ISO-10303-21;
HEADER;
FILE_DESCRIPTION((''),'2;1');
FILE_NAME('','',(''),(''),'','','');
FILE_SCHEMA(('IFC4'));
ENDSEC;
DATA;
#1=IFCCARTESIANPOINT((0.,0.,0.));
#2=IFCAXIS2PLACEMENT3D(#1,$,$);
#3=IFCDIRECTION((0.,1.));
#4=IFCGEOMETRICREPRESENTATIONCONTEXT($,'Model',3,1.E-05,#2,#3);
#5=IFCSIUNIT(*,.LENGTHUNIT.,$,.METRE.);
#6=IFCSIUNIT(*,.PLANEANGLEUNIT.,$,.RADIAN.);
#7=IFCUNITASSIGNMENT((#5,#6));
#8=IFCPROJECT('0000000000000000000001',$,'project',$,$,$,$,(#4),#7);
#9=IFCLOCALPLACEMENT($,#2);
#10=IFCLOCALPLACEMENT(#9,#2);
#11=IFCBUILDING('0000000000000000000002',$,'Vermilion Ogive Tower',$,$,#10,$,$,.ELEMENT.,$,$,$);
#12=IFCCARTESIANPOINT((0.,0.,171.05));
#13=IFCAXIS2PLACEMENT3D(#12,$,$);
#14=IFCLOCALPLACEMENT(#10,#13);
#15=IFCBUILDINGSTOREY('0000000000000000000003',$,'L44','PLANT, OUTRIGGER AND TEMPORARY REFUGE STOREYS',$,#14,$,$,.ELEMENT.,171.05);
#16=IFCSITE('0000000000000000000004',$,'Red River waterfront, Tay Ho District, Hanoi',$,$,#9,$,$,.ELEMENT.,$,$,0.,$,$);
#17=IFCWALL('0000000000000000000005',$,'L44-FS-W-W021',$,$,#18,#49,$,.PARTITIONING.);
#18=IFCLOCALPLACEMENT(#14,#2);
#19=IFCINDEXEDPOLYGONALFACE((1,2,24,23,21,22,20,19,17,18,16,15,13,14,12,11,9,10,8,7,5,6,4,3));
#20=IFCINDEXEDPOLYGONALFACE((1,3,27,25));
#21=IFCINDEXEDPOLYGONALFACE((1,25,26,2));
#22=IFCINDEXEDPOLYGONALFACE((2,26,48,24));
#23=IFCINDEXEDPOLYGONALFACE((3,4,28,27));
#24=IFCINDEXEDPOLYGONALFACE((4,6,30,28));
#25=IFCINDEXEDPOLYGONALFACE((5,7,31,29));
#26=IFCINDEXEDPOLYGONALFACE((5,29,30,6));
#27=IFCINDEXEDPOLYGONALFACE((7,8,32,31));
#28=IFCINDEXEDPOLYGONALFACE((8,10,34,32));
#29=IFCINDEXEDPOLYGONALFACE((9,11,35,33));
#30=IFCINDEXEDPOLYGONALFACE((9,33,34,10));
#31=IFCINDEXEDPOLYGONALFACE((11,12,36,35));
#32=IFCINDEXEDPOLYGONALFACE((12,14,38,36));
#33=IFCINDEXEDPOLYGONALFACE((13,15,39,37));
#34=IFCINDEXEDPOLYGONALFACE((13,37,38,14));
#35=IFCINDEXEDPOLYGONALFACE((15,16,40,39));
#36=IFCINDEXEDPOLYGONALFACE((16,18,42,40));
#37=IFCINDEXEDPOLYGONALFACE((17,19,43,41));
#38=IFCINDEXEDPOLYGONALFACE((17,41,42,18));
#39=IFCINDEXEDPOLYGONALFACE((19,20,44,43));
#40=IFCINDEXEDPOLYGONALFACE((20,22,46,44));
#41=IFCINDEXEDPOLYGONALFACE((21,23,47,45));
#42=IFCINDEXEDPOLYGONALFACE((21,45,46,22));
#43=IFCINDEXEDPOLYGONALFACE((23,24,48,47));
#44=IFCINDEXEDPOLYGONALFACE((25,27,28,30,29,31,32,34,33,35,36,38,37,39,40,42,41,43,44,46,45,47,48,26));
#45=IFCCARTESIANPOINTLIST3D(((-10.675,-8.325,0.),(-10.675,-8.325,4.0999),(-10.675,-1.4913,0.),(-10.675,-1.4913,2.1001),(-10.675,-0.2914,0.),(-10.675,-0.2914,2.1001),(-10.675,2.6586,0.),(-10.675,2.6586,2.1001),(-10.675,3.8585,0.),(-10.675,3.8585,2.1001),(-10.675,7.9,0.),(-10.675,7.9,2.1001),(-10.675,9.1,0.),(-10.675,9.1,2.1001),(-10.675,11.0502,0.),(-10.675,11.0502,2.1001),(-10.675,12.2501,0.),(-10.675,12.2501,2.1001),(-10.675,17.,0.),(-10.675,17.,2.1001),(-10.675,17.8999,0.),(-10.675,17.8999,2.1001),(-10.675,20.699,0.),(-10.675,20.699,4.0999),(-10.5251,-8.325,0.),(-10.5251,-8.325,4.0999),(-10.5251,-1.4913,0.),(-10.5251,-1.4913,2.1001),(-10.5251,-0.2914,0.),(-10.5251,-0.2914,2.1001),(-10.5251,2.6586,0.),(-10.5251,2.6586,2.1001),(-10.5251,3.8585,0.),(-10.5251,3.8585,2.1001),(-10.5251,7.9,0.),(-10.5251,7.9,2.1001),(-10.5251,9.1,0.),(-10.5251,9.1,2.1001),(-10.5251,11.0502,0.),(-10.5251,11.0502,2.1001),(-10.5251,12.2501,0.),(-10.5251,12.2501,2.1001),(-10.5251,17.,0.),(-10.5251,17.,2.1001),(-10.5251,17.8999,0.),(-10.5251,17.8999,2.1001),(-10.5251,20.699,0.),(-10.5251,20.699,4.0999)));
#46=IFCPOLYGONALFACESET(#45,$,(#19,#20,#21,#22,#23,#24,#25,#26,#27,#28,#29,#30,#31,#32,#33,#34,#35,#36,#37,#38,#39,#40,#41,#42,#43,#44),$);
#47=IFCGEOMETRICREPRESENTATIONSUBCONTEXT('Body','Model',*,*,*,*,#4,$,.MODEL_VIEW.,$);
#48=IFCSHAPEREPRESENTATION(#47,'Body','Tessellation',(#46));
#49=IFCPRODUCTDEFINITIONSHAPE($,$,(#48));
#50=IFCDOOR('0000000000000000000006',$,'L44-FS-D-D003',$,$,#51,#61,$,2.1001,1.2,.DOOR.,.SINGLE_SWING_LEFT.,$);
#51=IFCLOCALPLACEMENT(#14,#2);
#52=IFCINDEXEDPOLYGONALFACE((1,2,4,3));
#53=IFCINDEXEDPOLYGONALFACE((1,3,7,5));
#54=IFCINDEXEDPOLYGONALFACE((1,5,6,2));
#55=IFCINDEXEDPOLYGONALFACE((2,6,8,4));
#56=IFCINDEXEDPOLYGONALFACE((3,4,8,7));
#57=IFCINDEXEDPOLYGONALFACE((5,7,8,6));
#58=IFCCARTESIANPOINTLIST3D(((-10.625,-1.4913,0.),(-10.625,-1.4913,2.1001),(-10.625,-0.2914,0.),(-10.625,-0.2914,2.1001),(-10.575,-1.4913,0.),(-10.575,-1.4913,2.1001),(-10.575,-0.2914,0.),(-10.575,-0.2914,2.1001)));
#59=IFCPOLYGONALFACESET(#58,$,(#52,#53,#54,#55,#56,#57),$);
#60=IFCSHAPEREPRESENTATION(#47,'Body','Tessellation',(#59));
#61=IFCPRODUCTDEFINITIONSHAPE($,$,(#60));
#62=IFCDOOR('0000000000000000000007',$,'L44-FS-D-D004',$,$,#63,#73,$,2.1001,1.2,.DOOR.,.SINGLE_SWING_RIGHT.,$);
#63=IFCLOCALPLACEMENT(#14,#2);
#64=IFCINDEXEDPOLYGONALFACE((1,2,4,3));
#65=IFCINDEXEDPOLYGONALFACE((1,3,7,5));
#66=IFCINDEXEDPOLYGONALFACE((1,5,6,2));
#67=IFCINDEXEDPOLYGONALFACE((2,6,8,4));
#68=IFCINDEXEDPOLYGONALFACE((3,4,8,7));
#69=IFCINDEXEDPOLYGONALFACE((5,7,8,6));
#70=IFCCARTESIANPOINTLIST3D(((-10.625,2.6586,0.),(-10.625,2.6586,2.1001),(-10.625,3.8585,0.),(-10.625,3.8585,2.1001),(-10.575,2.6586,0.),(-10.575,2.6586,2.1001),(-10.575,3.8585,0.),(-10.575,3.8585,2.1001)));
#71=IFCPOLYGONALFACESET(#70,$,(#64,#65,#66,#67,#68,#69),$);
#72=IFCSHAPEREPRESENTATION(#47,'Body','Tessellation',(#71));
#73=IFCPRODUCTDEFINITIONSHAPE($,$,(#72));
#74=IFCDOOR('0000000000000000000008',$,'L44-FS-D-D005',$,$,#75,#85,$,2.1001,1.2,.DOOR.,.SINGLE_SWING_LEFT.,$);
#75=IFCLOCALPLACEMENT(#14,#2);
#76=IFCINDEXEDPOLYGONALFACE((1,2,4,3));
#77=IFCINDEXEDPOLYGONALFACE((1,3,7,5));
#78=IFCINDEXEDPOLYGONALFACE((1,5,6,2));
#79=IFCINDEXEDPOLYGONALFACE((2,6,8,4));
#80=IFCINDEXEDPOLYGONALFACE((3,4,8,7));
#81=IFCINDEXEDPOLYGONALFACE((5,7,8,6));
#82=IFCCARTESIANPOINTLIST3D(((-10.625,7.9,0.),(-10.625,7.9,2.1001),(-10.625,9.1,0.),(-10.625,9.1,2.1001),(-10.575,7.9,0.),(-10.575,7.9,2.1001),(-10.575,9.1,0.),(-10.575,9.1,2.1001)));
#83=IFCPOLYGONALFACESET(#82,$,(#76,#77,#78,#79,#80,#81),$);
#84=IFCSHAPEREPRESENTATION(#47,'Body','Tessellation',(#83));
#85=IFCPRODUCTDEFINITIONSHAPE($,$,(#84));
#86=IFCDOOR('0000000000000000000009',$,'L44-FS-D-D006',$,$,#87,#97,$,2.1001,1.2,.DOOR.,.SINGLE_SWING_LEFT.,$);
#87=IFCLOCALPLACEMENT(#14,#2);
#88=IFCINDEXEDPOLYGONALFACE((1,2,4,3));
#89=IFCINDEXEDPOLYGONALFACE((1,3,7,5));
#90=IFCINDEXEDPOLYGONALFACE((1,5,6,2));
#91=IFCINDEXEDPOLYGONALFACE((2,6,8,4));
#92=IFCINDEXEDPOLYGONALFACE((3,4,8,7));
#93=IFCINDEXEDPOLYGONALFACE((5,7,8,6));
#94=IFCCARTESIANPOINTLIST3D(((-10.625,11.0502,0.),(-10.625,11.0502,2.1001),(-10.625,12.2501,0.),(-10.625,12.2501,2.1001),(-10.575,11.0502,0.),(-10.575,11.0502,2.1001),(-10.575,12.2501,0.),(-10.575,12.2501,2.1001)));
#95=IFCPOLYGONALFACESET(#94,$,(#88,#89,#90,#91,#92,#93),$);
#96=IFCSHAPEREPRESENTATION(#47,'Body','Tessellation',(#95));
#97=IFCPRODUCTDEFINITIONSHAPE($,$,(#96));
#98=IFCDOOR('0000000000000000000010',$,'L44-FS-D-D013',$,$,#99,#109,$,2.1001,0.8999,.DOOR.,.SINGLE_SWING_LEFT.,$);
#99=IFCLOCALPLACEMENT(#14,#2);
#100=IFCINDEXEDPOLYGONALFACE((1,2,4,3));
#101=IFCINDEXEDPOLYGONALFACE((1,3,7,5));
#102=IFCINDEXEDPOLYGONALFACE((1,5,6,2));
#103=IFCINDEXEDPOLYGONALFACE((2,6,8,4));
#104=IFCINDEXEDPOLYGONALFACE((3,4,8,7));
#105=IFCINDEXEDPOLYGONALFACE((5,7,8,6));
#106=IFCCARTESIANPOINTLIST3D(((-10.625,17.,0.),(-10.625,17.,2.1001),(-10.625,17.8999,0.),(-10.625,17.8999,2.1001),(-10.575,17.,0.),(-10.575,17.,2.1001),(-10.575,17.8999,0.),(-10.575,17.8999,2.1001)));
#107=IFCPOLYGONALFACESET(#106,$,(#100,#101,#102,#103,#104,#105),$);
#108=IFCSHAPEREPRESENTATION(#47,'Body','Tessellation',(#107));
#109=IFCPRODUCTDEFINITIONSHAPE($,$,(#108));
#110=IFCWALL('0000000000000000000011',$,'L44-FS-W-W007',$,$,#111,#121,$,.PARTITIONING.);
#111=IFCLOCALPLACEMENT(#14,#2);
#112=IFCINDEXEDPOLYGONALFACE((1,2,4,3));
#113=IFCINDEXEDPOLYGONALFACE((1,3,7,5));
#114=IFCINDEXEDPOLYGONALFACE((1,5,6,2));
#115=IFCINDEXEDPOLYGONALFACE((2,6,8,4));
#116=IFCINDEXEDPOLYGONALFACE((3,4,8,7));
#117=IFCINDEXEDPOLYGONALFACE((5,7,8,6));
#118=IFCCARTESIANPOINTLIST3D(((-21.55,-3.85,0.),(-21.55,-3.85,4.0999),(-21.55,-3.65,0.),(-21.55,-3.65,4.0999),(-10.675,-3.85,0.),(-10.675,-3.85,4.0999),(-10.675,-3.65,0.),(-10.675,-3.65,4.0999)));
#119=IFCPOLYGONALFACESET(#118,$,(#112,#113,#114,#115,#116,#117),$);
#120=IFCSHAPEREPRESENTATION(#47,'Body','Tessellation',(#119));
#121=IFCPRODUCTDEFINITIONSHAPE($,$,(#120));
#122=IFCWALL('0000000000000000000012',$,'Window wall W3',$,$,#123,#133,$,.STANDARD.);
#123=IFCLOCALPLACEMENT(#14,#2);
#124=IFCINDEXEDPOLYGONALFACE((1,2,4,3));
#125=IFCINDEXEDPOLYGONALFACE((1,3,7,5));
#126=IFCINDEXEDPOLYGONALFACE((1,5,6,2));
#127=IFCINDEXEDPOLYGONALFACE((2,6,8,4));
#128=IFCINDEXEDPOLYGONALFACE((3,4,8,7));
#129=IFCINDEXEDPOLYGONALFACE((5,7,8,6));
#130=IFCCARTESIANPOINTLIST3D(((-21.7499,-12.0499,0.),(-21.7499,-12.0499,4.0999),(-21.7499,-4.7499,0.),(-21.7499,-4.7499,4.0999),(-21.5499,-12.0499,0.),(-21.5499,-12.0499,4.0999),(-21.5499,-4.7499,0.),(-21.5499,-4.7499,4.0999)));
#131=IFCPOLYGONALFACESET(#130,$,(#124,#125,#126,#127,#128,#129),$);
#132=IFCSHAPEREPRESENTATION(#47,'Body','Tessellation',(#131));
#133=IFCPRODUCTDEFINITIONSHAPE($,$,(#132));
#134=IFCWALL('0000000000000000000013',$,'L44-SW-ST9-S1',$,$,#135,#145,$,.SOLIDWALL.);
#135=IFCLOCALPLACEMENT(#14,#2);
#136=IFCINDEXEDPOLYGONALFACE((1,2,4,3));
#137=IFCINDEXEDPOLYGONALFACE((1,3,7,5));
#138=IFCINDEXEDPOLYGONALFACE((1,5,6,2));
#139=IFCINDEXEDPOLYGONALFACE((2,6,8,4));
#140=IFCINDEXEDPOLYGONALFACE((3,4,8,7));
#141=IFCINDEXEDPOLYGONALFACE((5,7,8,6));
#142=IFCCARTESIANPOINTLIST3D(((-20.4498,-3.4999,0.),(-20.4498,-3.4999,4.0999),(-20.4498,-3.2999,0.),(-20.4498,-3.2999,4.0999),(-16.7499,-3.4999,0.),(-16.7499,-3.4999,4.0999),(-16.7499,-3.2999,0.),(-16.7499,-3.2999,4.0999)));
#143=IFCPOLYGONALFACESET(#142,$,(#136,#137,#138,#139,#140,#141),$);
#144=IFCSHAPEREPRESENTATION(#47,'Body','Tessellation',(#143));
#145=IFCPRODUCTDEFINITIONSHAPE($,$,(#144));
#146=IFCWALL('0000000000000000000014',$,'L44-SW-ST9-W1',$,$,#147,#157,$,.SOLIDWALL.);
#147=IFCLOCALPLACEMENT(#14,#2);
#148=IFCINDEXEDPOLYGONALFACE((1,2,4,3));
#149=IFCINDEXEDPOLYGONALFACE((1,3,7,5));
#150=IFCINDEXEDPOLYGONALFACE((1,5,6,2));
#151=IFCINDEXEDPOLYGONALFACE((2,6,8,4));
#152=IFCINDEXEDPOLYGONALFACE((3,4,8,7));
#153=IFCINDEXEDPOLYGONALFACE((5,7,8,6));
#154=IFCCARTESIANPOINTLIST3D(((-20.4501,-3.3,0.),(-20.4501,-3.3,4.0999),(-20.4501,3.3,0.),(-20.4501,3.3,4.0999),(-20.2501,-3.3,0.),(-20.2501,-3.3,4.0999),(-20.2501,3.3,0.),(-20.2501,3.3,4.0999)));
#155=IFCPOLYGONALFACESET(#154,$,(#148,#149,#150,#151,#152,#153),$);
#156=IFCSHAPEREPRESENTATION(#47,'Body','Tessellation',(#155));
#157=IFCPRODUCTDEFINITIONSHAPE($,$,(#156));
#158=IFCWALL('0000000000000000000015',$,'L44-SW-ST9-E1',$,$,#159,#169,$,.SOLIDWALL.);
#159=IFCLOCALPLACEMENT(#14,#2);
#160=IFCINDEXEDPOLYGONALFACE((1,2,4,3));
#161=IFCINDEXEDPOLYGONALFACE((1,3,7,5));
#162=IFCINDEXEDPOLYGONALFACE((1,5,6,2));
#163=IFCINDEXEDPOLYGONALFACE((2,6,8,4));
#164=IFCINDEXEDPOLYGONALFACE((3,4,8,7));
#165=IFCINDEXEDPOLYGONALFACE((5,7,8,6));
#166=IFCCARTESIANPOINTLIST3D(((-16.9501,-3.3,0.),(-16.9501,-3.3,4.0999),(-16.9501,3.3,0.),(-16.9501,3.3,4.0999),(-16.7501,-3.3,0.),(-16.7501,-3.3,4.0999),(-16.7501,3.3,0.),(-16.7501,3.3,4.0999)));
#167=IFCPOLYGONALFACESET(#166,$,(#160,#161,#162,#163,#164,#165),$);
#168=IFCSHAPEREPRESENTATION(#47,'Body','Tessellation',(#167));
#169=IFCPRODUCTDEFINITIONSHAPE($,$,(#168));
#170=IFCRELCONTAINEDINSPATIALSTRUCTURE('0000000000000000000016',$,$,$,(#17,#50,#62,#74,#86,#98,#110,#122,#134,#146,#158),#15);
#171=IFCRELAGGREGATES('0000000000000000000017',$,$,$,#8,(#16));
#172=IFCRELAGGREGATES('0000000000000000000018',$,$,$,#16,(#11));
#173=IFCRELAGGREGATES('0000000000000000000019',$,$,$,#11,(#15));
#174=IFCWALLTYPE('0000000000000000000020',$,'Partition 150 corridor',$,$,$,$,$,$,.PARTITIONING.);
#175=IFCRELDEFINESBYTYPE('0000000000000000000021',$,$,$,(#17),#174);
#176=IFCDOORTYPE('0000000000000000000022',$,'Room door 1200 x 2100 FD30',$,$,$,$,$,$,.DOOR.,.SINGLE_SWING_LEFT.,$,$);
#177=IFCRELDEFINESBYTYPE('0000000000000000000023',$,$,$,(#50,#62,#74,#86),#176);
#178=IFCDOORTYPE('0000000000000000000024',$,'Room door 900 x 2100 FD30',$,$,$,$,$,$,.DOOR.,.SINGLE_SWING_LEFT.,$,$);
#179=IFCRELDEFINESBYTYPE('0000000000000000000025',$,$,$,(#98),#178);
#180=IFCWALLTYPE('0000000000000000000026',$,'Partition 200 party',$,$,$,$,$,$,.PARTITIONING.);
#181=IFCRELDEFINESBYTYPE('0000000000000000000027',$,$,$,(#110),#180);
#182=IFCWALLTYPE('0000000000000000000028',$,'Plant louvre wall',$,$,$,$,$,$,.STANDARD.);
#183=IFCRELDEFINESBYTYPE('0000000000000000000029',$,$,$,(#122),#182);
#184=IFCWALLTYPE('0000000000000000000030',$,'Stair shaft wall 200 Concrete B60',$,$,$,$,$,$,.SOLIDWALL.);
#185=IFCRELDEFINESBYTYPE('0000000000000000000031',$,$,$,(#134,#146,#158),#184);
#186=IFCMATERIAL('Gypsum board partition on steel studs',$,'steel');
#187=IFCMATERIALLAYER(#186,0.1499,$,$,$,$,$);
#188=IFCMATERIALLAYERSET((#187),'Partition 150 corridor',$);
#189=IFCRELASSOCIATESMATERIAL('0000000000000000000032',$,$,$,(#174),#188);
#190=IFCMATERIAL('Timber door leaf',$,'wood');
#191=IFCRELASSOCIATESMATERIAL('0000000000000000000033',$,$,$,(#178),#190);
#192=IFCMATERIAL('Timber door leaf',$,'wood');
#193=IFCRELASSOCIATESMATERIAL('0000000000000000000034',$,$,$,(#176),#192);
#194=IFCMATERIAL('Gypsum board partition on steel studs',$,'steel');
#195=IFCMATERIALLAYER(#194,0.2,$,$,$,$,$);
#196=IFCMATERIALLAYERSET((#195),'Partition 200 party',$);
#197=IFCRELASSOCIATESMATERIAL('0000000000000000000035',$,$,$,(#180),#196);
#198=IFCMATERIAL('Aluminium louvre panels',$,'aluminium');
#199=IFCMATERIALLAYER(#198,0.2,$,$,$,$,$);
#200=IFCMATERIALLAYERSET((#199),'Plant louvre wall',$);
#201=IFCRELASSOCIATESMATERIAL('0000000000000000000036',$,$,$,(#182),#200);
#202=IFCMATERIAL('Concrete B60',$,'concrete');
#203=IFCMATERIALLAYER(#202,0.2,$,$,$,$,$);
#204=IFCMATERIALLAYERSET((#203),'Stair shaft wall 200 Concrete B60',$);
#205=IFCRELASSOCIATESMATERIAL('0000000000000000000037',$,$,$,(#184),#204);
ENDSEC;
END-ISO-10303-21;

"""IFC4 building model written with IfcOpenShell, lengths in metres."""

from ifc_helpers import new_model, si_unit, direction, frame, frame_2d, origin, place, context, subcontext, project, spatial, rectangle, extrude, material, layer, layer_set, type_object, element, fill, save


model = new_model("IFC4")

# Units and contexts
model_context = context("Model", 3, precision=1e-05, world=origin(), true_north=direction((0.0, 1.0)))
body_context = subcontext(model_context, "Body", "Model", "MODEL_VIEW")
ifc_project = project(units=[si_unit("LENGTHUNIT", "METRE"), si_unit("PLANEANGLEUNIT", "RADIAN")], contexts=[model_context])

# Site, building, storey
site_placement = place(None, origin())
site = spatial("IfcSite", under=ifc_project, at=site_placement, Name="Red River waterfront, Tay Ho District, Hanoi", CompositionType="ELEMENT", RefElevation=0.0)
building_placement = place(site_placement, origin())
building = spatial("IfcBuilding", under=site, at=building_placement, Name="Vermilion Ogive Tower", CompositionType="ELEMENT")
storey_placement = place(building_placement, frame((0.0, 0.0, 171.05)))
storey = spatial("IfcBuildingStorey", under=building, at=storey_placement, Name="L44", Description="PLANT, OUTRIGGER AND TEMPORARY REFUGE STOREYS", CompositionType="ELEMENT", Elevation=171.05)

# Shared definitions
ifc_material_1 = material(Name="Gypsum board partition on steel studs", Category="steel")
ifc_layer_1 = layer(ifc_material_1, 0.1499)
ifc_layer_set_1 = layer_set([ifc_layer_1], Name="Partition 150 corridor")
wall_type_1 = type_object("IfcWallType", Name="Partition 150 corridor", PredefinedType="PARTITIONING", material=ifc_layer_set_1)
ifc_material_2 = material(Name="Timber door leaf", Category="wood")
door_type_1 = type_object("IfcDoorType", Name="Room door 900 x 2100 FD30", OperationType="SINGLE_SWING_LEFT", PredefinedType="DOOR", material=ifc_material_2)

# Wall, openings, doors
wall_1_placement = place(storey_placement, frame((-10.6001, -8.325, 0.0), z_axis=(0.0, 0.0, 1.0), x_axis=(0.0, 1.0, 0.0)))
wall_1 = element("IfcWall", 1, at=wall_1_placement, inside=storey, type_object=wall_type_1, Name="L44-FS-W-W021", PredefinedType="PARTITIONING", context=body_context, shape_type="SweptSolid", body=[
    extrude(rectangle(XDim=29.0239, YDim=0.1499, at=frame_2d((14.512, 0.0))), origin(), (0.0, 0.0, 1.0), 4.0999),
])
opening_1_placement = place(wall_1_placement, frame((6.8335, 0.0, 0.0)))
opening_1 = element("IfcOpeningElement", 2, at=opening_1_placement, cuts=wall_1, PredefinedType="OPENING", context=body_context, shape_type="SweptSolid", body=[
    extrude(rectangle(XDim=1.2, YDim=2.1001, at=frame_2d((0.6001, 1.05))), frame((0.0, 0.085, 0.0), z_axis=(0.0, -1.0, 0.0), x_axis=(1.0, 0.0, 0.0)), (0.0, 0.0, 1.0), 0.1699),
])
opening_2_placement = place(wall_1_placement, frame((10.9834, 0.0, 0.0)))
opening_2 = element("IfcOpeningElement", 3, at=opening_2_placement, cuts=wall_1, PredefinedType="OPENING", context=body_context, shape_type="SweptSolid", body=[
    extrude(rectangle(XDim=1.2, YDim=2.1001, at=frame_2d((0.6001, 1.05))), frame((0.0, 0.085, 0.0), z_axis=(0.0, -1.0, 0.0), x_axis=(1.0, 0.0, 0.0)), (0.0, 0.0, 1.0), 0.1699),
])
opening_3_placement = place(wall_1_placement, frame((16.2249, 0.0, 0.0)))
opening_3 = element("IfcOpeningElement", 4, at=opening_3_placement, cuts=wall_1, PredefinedType="OPENING", context=body_context, shape_type="SweptSolid", body=[
    extrude(rectangle(XDim=1.2, YDim=2.1001, at=frame_2d((0.6001, 1.05))), frame((0.0, 0.085, 0.0), z_axis=(0.0, -1.0, 0.0), x_axis=(1.0, 0.0, 0.0)), (0.0, 0.0, 1.0), 0.1699),
])
opening_4_placement = place(wall_1_placement, frame((19.375, 0.0, 0.0)))
opening_4 = element("IfcOpeningElement", 5, at=opening_4_placement, cuts=wall_1, PredefinedType="OPENING", context=body_context, shape_type="SweptSolid", body=[
    extrude(rectangle(XDim=1.2, YDim=2.1001, at=frame_2d((0.6001, 1.05))), frame((0.0, 0.085, 0.0), z_axis=(0.0, -1.0, 0.0), x_axis=(1.0, 0.0, 0.0)), (0.0, 0.0, 1.0), 0.1699),
])
opening_5_placement = place(wall_1_placement, frame((25.325, 0.0, 0.0)))
opening_5 = element("IfcOpeningElement", 6, at=opening_5_placement, cuts=wall_1, PredefinedType="OPENING", context=body_context, shape_type="SweptSolid", body=[
    extrude(rectangle(XDim=0.8999, YDim=2.1001, at=frame_2d((0.45, 1.05))), frame((0.0, 0.085, 0.0), z_axis=(0.0, -1.0, 0.0), x_axis=(1.0, 0.0, 0.0)), (0.0, 0.0, 1.0), 0.1699),
])
ifc_material_3 = material(Name="Timber door leaf", Category="wood")
door_type_2 = type_object("IfcDoorType", Name="Room door 1200 x 2100 FD30", OperationType="SINGLE_SWING_LEFT", PredefinedType="DOOR", material=ifc_material_3)
door_1_placement = place(opening_1_placement, origin())
door_1 = element("IfcDoor", 7, at=door_1_placement, inside=storey, type_object=door_type_2, Name="L44-FS-D-D003", OperationType="SINGLE_SWING_LEFT", OverallHeight=2.1001, OverallWidth=1.2, PredefinedType="DOOR", context=body_context, shape_type="SweptSolid", body=[
    extrude(rectangle(XDim=1.2, YDim=2.1001, at=frame_2d((0.6001, 1.05))), frame((0.0, 0.0249, 0.0), z_axis=(0.0, -1.0, 0.0), x_axis=(1.0, 0.0, 0.0)), (0.0, 0.0, 1.0), 0.05),
])
fill(opening_1, door_1)
door_2_placement = place(opening_2_placement, origin())
door_2 = element("IfcDoor", 8, at=door_2_placement, inside=storey, type_object=door_type_2, Name="L44-FS-D-D004", OperationType="SINGLE_SWING_RIGHT", OverallHeight=2.1001, OverallWidth=1.2, PredefinedType="DOOR", context=body_context, shape_type="SweptSolid", body=[
    extrude(rectangle(XDim=1.2, YDim=2.1001, at=frame_2d((0.6001, 1.05))), frame((0.0, 0.0249, 0.0), z_axis=(0.0, -1.0, 0.0), x_axis=(1.0, 0.0, 0.0)), (0.0, 0.0, 1.0), 0.05),
])
fill(opening_2, door_2)
door_3_placement = place(opening_3_placement, origin())
door_3 = element("IfcDoor", 9, at=door_3_placement, inside=storey, type_object=door_type_2, Name="L44-FS-D-D005", OperationType="SINGLE_SWING_LEFT", OverallHeight=2.1001, OverallWidth=1.2, PredefinedType="DOOR", context=body_context, shape_type="SweptSolid", body=[
    extrude(rectangle(XDim=1.2, YDim=2.1001, at=frame_2d((0.6001, 1.05))), frame((0.0, 0.0249, 0.0), z_axis=(0.0, -1.0, 0.0), x_axis=(1.0, 0.0, 0.0)), (0.0, 0.0, 1.0), 0.05),
])
fill(opening_3, door_3)
door_4_placement = place(opening_4_placement, origin())
door_4 = element("IfcDoor", 10, at=door_4_placement, inside=storey, type_object=door_type_2, Name="L44-FS-D-D006", OperationType="SINGLE_SWING_LEFT", OverallHeight=2.1001, OverallWidth=1.2, PredefinedType="DOOR", context=body_context, shape_type="SweptSolid", body=[
    extrude(rectangle(XDim=1.2, YDim=2.1001, at=frame_2d((0.6001, 1.05))), frame((0.0, 0.0249, 0.0), z_axis=(0.0, -1.0, 0.0), x_axis=(1.0, 0.0, 0.0)), (0.0, 0.0, 1.0), 0.05),
])
fill(opening_4, door_4)
door_5_placement = place(opening_5_placement, origin())
door_5 = element("IfcDoor", 11, at=door_5_placement, inside=storey, type_object=door_type_1, Name="L44-FS-D-D013", OperationType="SINGLE_SWING_LEFT", OverallHeight=2.1001, OverallWidth=0.8999, PredefinedType="DOOR", context=body_context, shape_type="SweptSolid", body=[
    extrude(rectangle(XDim=0.8999, YDim=2.1001, at=frame_2d((0.45, 1.05))), frame((0.0, 0.0249, 0.0), z_axis=(0.0, -1.0, 0.0), x_axis=(1.0, 0.0, 0.0)), (0.0, 0.0, 1.0), 0.05),
])
fill(opening_5, door_5)

# Walls
ifc_material_4 = material(Name="Gypsum board partition on steel studs", Category="steel")
ifc_layer_2 = layer(ifc_material_4, 0.2)
ifc_layer_set_2 = layer_set([ifc_layer_2], Name="Partition 200 party")
wall_type_2 = type_object("IfcWallType", Name="Partition 200 party", PredefinedType="PARTITIONING", material=ifc_layer_set_2)
wall_2_placement = place(storey_placement, frame((-21.55, -3.75, 0.0), z_axis=(0.0, 0.0, 1.0), x_axis=(1.0, 0.0, 0.0)))
element("IfcWall", 12, at=wall_2_placement, inside=storey, type_object=wall_type_2, Name="L44-FS-W-W007", PredefinedType="PARTITIONING", context=body_context, shape_type="SweptSolid", body=[
    extrude(rectangle(XDim=10.875, YDim=0.2, at=frame_2d((5.4375, 0.0))), origin(), (0.0, 0.0, 1.0), 4.0999),
])
ifc_material_5 = material(Name="Aluminium louvre panels", Category="aluminium")
ifc_layer_3 = layer(ifc_material_5, 0.2)
ifc_layer_set_3 = layer_set([ifc_layer_3], Name="Plant louvre wall")
wall_type_3 = type_object("IfcWallType", Name="Plant louvre wall", PredefinedType="STANDARD", material=ifc_layer_set_3)
wall_3_placement = place(storey_placement, frame((-21.6499, -4.75, 0.0), z_axis=(0.0, 0.0, 1.0), x_axis=(0.0, -1.0, 0.0)))
element("IfcWall", 13, at=wall_3_placement, inside=storey, type_object=wall_type_3, Name="Window wall W3", PredefinedType="STANDARD", context=body_context, shape_type="SweptSolid", body=[
    extrude(rectangle(XDim=7.3, YDim=0.2, at=frame_2d((3.6499, 0.0))), origin(), (0.0, 0.0, 1.0), 4.0999),
])
ifc_material_6 = material(Name="Concrete B60", Category="concrete")
ifc_layer_4 = layer(ifc_material_6, 0.2)
ifc_layer_set_4 = layer_set([ifc_layer_4], Name="Stair shaft wall 200 Concrete B60")
wall_type_4 = type_object("IfcWallType", Name="Stair shaft wall 200 Concrete B60", PredefinedType="SOLIDWALL", material=ifc_layer_set_4)
wall_4_placement = place(storey_placement, frame((-20.45, -3.3999, 0.0), z_axis=(0.0, 0.0, 1.0), x_axis=(1.0, 0.0, 0.0)))
element("IfcWall", 14, at=wall_4_placement, inside=storey, type_object=wall_type_4, Name="L44-SW-ST9-S1", PredefinedType="SOLIDWALL", context=body_context, shape_type="SweptSolid", body=[
    extrude(rectangle(XDim=3.7, YDim=0.2, at=frame_2d((1.8501, 0.0))), origin(), (0.0, 0.0, 1.0), 4.0999),
])
for number, where, z_axis, x_axis, name in (
    (15, (-20.3501, -3.3, 0.0), (0.0, 0.0, 1.0), (0.0, 1.0, 0.0), "L44-SW-ST9-W1"),
    (16, (-16.8501, -3.3, 0.0), (0.0, 0.0, 1.0), (0.0, 1.0, 0.0), "L44-SW-ST9-E1"),
):
    element("IfcWall", number, at=place(storey_placement, frame(where, z_axis=z_axis, x_axis=x_axis)), inside=storey, type_object=wall_type_4, Name=name, PredefinedType="SOLIDWALL", context=body_context, shape_type="SweptSolid", body=[
        extrude(rectangle(XDim=6.6001, YDim=0.2, at=frame_2d((3.3, 0.0))), origin(), (0.0, 0.0, 1.0), 4.0999),
    ])

save(model, "model.ifc")
